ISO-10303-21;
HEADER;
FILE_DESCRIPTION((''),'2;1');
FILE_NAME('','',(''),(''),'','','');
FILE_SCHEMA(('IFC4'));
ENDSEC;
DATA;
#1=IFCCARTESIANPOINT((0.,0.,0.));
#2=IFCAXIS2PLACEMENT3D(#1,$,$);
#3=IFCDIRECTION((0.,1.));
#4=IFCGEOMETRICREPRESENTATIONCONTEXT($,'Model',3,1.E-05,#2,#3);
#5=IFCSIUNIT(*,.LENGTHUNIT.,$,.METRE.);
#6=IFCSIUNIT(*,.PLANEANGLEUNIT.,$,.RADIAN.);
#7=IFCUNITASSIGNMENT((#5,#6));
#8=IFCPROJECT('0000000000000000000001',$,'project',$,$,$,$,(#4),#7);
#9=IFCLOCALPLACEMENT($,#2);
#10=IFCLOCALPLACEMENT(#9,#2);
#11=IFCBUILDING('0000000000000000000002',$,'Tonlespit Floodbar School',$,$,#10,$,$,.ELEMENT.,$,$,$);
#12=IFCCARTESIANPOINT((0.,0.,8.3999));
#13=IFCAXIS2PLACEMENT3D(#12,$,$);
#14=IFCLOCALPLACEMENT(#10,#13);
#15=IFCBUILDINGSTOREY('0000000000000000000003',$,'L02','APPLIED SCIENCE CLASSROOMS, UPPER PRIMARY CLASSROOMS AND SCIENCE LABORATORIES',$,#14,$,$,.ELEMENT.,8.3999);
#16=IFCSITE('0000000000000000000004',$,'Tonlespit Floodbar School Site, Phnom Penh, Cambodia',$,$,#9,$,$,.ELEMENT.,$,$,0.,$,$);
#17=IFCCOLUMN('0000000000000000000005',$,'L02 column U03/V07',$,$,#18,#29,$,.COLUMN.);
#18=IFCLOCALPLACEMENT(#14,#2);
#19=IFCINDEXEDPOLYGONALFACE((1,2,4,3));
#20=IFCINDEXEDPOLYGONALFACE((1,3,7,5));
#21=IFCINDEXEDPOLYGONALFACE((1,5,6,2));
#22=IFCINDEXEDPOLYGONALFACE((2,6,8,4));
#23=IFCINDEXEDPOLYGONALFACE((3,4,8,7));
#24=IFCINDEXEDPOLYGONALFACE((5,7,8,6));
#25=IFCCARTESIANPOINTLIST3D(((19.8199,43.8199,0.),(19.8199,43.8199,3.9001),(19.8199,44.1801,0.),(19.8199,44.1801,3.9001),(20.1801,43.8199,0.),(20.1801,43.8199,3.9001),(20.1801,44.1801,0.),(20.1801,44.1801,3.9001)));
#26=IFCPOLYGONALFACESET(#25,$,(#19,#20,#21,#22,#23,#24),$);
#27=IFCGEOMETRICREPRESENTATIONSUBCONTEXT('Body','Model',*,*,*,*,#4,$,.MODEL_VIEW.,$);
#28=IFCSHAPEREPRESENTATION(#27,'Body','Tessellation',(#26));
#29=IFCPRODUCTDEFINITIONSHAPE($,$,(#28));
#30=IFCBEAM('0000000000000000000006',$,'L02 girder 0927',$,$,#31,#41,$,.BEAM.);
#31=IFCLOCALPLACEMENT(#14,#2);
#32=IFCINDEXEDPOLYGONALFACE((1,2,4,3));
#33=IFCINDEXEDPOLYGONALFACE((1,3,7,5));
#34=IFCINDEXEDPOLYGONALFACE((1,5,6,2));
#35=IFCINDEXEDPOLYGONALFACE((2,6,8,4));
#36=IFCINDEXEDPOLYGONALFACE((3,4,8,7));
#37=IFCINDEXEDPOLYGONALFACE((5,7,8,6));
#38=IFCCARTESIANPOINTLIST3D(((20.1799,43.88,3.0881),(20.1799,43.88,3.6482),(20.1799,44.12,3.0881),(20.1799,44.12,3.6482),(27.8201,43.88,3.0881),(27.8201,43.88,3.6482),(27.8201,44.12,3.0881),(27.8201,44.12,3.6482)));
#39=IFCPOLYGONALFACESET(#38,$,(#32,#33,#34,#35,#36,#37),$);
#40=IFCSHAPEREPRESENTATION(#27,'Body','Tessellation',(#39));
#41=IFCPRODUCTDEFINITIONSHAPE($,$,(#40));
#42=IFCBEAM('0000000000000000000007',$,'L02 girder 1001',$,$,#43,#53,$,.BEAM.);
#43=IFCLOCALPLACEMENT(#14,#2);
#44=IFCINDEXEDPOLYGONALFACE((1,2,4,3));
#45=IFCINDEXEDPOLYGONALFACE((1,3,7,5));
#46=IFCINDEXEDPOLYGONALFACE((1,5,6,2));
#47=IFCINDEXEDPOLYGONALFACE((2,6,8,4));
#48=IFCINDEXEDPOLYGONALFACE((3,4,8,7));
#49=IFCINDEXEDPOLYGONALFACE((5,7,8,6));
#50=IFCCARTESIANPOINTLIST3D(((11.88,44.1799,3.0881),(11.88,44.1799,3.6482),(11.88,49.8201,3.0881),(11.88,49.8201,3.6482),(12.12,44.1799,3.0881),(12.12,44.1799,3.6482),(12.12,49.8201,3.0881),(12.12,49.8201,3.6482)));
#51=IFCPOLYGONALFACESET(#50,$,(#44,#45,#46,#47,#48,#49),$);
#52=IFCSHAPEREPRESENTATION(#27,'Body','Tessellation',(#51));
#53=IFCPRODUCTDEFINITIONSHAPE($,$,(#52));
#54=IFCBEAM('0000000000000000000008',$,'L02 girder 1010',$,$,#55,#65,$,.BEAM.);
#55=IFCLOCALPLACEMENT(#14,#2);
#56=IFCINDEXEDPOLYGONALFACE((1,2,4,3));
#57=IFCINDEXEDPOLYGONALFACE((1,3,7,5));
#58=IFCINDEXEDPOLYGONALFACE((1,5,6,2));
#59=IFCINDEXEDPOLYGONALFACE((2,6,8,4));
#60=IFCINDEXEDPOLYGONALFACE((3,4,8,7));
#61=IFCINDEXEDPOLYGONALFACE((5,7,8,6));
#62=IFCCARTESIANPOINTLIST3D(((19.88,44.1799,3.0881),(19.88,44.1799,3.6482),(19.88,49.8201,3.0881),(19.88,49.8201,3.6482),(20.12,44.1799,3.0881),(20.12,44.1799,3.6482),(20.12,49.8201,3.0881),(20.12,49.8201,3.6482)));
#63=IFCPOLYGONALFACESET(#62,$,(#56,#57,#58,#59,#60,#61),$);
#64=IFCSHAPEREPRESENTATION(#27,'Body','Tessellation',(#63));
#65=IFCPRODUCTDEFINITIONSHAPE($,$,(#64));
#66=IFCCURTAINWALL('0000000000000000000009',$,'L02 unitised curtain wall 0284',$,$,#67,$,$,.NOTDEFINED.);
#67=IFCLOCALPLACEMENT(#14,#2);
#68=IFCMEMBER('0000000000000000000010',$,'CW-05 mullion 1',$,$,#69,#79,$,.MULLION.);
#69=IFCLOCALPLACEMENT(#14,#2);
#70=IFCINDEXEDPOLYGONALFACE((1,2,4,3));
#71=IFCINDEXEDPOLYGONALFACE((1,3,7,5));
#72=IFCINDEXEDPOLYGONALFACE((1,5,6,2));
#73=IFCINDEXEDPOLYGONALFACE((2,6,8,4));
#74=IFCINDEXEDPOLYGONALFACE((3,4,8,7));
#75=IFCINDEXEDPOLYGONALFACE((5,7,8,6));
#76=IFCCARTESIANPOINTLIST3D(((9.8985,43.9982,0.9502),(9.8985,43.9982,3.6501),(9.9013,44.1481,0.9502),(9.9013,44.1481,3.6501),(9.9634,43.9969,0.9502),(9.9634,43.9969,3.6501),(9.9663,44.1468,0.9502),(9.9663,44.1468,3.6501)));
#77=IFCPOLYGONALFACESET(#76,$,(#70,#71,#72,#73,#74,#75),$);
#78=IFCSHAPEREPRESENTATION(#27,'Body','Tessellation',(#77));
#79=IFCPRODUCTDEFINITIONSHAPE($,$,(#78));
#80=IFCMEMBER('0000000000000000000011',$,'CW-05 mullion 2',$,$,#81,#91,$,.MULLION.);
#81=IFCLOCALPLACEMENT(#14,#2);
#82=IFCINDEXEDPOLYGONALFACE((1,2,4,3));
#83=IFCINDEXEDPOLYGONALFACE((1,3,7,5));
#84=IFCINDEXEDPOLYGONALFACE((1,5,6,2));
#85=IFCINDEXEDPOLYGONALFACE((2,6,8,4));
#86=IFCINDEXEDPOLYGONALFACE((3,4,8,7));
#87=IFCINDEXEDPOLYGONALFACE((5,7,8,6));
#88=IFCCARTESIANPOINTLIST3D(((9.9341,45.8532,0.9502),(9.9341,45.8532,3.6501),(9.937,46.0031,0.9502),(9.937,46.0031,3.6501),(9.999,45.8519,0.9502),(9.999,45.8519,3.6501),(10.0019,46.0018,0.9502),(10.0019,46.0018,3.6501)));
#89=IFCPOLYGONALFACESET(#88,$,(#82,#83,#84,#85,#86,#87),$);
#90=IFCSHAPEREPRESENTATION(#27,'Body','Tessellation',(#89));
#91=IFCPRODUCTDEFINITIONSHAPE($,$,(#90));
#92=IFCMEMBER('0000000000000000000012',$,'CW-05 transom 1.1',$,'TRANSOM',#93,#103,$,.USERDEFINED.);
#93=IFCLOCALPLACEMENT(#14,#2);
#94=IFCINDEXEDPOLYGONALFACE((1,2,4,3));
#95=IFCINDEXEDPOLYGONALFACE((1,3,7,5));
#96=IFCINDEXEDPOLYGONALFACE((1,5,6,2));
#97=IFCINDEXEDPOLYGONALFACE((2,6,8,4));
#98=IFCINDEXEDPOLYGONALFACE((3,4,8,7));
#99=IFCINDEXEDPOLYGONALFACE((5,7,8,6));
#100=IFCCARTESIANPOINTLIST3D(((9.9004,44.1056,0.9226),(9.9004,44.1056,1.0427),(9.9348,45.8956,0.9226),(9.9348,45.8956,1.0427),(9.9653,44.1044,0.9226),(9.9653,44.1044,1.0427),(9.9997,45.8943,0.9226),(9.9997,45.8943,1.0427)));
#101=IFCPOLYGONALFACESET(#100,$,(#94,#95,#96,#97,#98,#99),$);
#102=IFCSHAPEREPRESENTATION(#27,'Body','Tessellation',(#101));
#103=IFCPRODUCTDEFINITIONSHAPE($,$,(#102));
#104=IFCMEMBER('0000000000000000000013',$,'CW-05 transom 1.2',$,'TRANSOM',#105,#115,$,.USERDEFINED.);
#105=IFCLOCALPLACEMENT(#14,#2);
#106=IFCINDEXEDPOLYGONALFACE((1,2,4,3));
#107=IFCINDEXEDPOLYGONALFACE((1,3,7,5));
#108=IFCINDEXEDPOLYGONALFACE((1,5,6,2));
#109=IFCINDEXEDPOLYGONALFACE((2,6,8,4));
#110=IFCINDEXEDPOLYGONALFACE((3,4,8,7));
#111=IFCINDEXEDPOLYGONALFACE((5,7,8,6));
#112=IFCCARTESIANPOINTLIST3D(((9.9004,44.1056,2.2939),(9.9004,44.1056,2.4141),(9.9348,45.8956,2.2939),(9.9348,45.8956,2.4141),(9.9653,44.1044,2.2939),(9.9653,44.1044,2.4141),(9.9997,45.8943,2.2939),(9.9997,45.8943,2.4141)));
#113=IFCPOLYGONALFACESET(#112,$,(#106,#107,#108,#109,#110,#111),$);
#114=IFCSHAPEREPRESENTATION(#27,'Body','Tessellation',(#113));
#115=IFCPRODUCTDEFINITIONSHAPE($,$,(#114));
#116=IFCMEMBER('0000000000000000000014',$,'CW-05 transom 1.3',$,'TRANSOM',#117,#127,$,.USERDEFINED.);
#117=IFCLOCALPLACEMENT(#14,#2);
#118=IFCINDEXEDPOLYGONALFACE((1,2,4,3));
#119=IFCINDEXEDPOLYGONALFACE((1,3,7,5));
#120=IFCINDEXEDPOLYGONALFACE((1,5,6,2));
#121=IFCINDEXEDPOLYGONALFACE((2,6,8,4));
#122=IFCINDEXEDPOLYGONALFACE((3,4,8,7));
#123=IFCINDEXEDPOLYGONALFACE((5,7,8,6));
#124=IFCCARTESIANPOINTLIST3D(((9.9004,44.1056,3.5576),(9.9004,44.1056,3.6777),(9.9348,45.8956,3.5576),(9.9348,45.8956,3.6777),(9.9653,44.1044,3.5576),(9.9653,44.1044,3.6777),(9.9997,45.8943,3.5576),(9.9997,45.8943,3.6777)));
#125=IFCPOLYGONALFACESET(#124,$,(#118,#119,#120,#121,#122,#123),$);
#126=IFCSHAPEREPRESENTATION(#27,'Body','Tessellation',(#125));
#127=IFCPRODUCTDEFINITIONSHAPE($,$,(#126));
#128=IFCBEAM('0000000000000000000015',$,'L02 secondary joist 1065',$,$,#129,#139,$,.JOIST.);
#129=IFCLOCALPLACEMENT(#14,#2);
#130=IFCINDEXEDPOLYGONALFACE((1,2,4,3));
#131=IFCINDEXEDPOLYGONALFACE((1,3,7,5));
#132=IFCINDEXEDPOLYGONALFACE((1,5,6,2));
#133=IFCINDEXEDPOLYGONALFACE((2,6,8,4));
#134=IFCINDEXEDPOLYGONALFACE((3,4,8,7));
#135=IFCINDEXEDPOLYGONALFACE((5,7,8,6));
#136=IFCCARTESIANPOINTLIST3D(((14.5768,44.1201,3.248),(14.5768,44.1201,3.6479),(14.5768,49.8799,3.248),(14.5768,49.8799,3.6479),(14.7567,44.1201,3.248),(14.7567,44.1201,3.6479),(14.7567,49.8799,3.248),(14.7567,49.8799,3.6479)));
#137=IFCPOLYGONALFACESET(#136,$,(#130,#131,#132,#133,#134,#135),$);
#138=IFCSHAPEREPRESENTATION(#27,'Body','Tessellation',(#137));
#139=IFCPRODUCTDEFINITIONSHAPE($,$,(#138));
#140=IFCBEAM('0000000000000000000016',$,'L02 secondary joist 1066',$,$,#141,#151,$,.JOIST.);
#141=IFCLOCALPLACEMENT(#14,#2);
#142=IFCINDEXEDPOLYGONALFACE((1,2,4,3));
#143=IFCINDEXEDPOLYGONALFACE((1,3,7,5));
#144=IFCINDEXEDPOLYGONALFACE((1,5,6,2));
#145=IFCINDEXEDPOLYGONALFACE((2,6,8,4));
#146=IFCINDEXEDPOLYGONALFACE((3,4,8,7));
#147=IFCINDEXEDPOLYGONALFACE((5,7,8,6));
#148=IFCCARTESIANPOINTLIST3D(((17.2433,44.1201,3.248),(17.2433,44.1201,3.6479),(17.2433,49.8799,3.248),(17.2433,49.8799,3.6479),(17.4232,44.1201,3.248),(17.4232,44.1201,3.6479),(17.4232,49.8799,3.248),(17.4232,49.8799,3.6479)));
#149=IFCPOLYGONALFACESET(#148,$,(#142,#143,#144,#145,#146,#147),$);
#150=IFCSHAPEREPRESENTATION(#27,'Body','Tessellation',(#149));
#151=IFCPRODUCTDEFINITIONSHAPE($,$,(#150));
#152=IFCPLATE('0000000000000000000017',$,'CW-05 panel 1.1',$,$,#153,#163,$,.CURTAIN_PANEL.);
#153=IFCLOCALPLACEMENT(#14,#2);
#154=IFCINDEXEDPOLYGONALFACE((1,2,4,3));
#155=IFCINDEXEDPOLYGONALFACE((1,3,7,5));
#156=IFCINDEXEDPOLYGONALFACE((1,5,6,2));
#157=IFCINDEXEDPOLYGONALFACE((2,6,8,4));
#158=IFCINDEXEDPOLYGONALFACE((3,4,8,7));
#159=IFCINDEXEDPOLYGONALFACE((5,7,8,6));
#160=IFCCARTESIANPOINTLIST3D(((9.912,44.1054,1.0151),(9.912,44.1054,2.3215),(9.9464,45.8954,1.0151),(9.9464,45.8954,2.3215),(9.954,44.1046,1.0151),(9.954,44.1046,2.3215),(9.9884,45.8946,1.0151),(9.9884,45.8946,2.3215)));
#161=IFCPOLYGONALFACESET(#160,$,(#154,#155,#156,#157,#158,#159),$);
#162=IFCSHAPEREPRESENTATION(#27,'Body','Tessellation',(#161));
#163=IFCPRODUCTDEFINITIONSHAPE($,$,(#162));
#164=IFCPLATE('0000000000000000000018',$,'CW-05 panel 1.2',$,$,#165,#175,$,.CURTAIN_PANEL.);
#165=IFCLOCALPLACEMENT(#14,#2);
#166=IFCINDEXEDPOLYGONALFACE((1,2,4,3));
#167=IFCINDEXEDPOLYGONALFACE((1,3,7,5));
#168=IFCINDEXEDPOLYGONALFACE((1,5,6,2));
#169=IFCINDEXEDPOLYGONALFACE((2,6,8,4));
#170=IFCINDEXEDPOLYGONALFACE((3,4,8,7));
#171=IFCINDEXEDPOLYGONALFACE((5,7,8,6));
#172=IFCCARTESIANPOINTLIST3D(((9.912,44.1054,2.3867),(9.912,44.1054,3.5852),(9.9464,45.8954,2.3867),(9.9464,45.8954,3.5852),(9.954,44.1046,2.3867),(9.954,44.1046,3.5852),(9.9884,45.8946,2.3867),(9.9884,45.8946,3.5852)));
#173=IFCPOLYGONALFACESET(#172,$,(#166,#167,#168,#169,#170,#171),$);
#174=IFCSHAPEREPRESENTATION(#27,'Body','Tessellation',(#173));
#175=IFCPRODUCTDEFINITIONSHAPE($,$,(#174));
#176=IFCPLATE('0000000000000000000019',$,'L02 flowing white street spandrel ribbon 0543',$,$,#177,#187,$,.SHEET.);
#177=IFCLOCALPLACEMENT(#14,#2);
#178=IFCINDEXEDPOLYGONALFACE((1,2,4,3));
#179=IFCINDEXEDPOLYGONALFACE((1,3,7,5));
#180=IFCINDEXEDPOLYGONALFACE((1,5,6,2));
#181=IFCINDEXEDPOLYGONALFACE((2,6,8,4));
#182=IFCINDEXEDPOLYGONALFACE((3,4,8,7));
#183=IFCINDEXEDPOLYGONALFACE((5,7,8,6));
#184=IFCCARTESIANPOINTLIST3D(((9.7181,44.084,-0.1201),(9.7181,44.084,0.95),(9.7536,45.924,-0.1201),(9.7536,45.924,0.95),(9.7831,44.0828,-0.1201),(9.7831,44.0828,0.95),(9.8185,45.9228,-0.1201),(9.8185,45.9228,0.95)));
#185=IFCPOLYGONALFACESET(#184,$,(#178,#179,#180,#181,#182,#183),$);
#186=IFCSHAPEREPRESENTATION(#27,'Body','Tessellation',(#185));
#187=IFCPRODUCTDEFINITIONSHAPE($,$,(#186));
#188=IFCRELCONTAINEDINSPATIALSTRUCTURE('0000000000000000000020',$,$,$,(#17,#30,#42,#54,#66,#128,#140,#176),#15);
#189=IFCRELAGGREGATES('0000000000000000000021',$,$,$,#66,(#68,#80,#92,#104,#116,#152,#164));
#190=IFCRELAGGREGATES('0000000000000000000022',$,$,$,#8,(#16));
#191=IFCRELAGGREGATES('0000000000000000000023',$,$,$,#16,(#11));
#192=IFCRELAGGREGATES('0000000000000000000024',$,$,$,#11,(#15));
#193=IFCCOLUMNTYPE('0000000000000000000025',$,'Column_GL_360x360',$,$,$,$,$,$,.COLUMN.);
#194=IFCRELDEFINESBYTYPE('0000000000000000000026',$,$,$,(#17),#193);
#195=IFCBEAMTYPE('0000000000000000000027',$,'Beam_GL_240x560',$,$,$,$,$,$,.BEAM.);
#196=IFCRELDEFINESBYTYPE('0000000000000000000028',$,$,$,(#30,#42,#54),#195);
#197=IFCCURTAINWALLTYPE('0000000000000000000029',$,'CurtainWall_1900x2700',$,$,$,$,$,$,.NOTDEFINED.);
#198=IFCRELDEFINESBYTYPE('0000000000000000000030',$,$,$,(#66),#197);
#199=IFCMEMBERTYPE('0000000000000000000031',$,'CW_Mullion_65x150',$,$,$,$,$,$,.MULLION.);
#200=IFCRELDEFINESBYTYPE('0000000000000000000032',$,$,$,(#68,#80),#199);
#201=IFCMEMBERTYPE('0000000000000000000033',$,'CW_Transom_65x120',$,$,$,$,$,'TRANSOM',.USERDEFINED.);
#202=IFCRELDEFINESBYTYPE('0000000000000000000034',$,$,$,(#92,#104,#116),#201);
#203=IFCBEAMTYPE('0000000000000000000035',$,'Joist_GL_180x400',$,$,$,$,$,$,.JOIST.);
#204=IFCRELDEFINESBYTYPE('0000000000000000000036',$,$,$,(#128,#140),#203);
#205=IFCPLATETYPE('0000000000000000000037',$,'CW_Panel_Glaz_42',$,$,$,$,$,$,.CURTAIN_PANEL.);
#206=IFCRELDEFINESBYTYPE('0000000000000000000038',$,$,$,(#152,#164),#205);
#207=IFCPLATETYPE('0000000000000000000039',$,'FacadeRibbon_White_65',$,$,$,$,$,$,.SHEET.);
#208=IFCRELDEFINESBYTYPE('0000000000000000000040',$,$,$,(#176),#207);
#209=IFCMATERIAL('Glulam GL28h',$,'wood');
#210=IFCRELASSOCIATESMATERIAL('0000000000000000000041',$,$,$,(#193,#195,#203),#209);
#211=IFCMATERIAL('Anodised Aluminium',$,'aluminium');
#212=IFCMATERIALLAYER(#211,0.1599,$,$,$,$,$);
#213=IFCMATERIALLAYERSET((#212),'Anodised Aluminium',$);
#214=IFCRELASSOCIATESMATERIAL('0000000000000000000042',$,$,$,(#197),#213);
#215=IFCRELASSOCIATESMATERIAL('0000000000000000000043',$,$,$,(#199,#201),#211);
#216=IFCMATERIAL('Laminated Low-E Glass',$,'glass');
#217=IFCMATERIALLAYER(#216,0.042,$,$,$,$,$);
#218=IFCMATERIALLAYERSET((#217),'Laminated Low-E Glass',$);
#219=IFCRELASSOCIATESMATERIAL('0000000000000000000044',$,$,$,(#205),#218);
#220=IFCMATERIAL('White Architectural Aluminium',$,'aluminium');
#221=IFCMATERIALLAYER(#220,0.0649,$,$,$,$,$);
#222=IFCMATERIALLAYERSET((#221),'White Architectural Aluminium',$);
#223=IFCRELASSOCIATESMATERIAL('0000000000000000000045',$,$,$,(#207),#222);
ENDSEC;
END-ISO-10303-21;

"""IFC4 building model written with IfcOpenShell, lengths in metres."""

from ifc_helpers import new_model, si_unit, direction, frame, origin, origin_2d, place, context, subcontext, project, spatial, rectangle, extrude, material, layer, layer_set, material_profile, profile_set, type_object, element, aggregate, save


model = new_model("IFC4")

# Units and contexts
model_context = context("Model", 3, precision=1e-05, world=origin(), true_north=direction((0.0, 1.0)))
body_context = subcontext(model_context, "Body", "Model", "MODEL_VIEW")
ifc_project = project(units=[si_unit("LENGTHUNIT", "METRE"), si_unit("PLANEANGLEUNIT", "RADIAN")], contexts=[model_context])

# Site, building, storey
site_placement = place(None, origin())
site = spatial("IfcSite", under=ifc_project, at=site_placement, Name="Tonlespit Floodbar School Site, Phnom Penh, Cambodia", CompositionType="ELEMENT", RefElevation=0.0)
building_placement = place(site_placement, origin())
building = spatial("IfcBuilding", under=site, at=building_placement, Name="Tonlespit Floodbar School", CompositionType="ELEMENT")
storey_placement = place(building_placement, frame((0.0, 0.0, 8.3999)))
storey = spatial("IfcBuildingStorey", under=building, at=storey_placement, Name="L02", Description="APPLIED SCIENCE CLASSROOMS, UPPER PRIMARY CLASSROOMS AND SCIENCE LABORATORIES", CompositionType="ELEMENT", Elevation=8.3999)

# Column
ifc_material_1 = material(Name="Glulam GL28h", Category="wood")
ifc_material_profile_1 = material_profile(ifc_material_1, rectangle(XDim=0.3601, YDim=0.3601, at=origin_2d()), Name="GL 360x360")
ifc_profile_set_1 = profile_set([ifc_material_profile_1], Name="Glulam GL28h")
column_type = type_object("IfcColumnType", Name="Column_GL_360x360", PredefinedType="COLUMN", material=ifc_profile_set_1)
column_placement = place(storey_placement, frame((20.0, 44.0, 0.0), z_axis=(0.0, 0.0, 1.0), x_axis=(1.0, 0.0, 0.0)))
element("IfcColumn", 1, at=column_placement, inside=storey, type_object=column_type, Name="L02 column U03/V07", PredefinedType="COLUMN", context=body_context, shape_type="SweptSolid", body=[
    extrude(rectangle(XDim=0.3601, YDim=0.3601, at=origin_2d()), origin(), (0.0, 0.0, 1.0), 3.9001),
])

# Beams
ifc_material_profile_2 = material_profile(ifc_material_1, rectangle(XDim=0.24, YDim=0.5601, at=origin_2d()), Name="GL 240x560")
ifc_profile_set_2 = profile_set([ifc_material_profile_2], Name="Glulam GL28h")
beam_type_1 = type_object("IfcBeamType", Name="Beam_GL_240x560", PredefinedType="BEAM", material=ifc_profile_set_2)
beam_placement = place(storey_placement, frame((20.1799, 44.0, 3.3682), z_axis=(1.0, 0.0, 0.0), x_axis=(0.0, 1.0, 0.0)))
element("IfcBeam", 2, at=beam_placement, inside=storey, type_object=beam_type_1, Name="L02 girder 0927", PredefinedType="BEAM", context=body_context, shape_type="SweptSolid", body=[
    extrude(rectangle(XDim=0.24, YDim=0.5601, at=origin_2d()), origin(), (0.0, 0.0, 1.0), 7.6401),
])
for number, where, z_axis, x_axis, name in (
    (3, (12.0, 44.1799, 3.3682), (0.0, 1.0, 0.0), (-1.0, 0.0, 0.0), "L02 girder 1001"),
    (4, (20.0, 44.1799, 3.3682), (0.0, 1.0, 0.0), (-1.0, 0.0, 0.0), "L02 girder 1010"),
):
    element("IfcBeam", number, at=place(storey_placement, frame(where, z_axis=z_axis, x_axis=x_axis)), inside=storey, type_object=beam_type_1, Name=name, PredefinedType="BEAM", context=body_context, shape_type="SweptSolid", body=[
        extrude(rectangle(XDim=0.24, YDim=0.5601, at=origin_2d()), origin(), (0.0, 0.0, 1.0), 5.6401),
    ])

# Curtain wall, members
ifc_material_2 = material(Name="Anodised Aluminium", Category="aluminium")
ifc_layer_1 = layer(ifc_material_2, 0.1599)
ifc_layer_set_1 = layer_set([ifc_layer_1], Name="Anodised Aluminium")
curtain_wall_type = type_object("IfcCurtainWallType", Name="CurtainWall_1900x2700", PredefinedType="NOTDEFINED", material=ifc_layer_set_1)
curtain_wall_placement = place(storey_placement, origin())
curtain_wall = element("IfcCurtainWall", 5, at=curtain_wall_placement, inside=storey, type_object=curtain_wall_type, Name="L02 unitised curtain wall 0284", PredefinedType="NOTDEFINED")
ifc_material_profile_3 = material_profile(ifc_material_2, rectangle(XDim=0.0649, YDim=0.1499, at=origin_2d()), Name="ALU M65x150")
ifc_profile_set_3 = profile_set([ifc_material_profile_3], Name="Anodised Aluminium")
member_type_1 = type_object("IfcMemberType", Name="CW_Mullion_65x150", PredefinedType="MULLION", material=ifc_profile_set_3)
member_1_placement = place(storey_placement, frame((9.9324, 44.0725, 0.9502), z_axis=(0.0, 0.0, 1.0), x_axis=(-0.999815, 0.019215, 0.0)))
member_1 = element("IfcMember", 6, at=member_1_placement, type_object=member_type_1, Name="CW-05 mullion 1", PredefinedType="MULLION", context=body_context, shape_type="SweptSolid", body=[
    extrude(rectangle(XDim=0.0649, YDim=0.1499, at=origin_2d()), origin(), (0.0, 0.0, 1.0), 2.7),
])
member_2_placement = place(storey_placement, frame((9.968, 45.9275, 0.9502), z_axis=(0.0, 0.0, 1.0), x_axis=(-0.999815, 0.019215, 0.0)))
member_2 = element("IfcMember", 7, at=member_2_placement, type_object=member_type_1, Name="CW-05 mullion 2", PredefinedType="MULLION", context=body_context, shape_type="SweptSolid", body=[
    extrude(rectangle(XDim=0.0649, YDim=0.1499, at=origin_2d()), origin(), (0.0, 0.0, 1.0), 2.7),
])
ifc_material_profile_4 = material_profile(ifc_material_2, rectangle(XDim=0.0649, YDim=0.1201, at=origin_2d()), Name="ALU T65x120")
ifc_profile_set_4 = profile_set([ifc_material_profile_4], Name="Anodised Aluminium")
member_type_2 = type_object("IfcMemberType", Name="CW_Transom_65x120", ElementType="TRANSOM", PredefinedType="USERDEFINED", material=ifc_profile_set_4)
member_3_placement = place(storey_placement, frame((9.9329, 44.105, 0.9827), z_axis=(0.019227, 0.999815, 0.0), x_axis=(-0.999815, 0.019227, 0.0)))
member_3 = element("IfcMember", 8, at=member_3_placement, type_object=member_type_2, Name="CW-05 transom 1.1", ObjectType="TRANSOM", PredefinedType="USERDEFINED", context=body_context, shape_type="SweptSolid", body=[
    extrude(rectangle(XDim=0.0649, YDim=0.1201, at=origin_2d()), origin(), (0.0, 0.0, 1.0), 1.7903),
])
member_4_placement = place(storey_placement, frame((9.9329, 44.105, 2.354), z_axis=(0.019227, 0.999815, 0.0), x_axis=(-0.999815, 0.019227, 0.0)))
member_4 = element("IfcMember", 9, at=member_4_placement, type_object=member_type_2, Name="CW-05 transom 1.2", ObjectType="TRANSOM", PredefinedType="USERDEFINED", context=body_context, shape_type="SweptSolid", body=[
    extrude(rectangle(XDim=0.0649, YDim=0.1201, at=origin_2d()), origin(), (0.0, 0.0, 1.0), 1.7903),
])
member_5_placement = place(storey_placement, frame((9.9329, 44.105, 3.6177), z_axis=(0.019227, 0.999815, 0.0), x_axis=(-0.999815, 0.019227, 0.0)))
member_5 = element("IfcMember", 10, at=member_5_placement, type_object=member_type_2, Name="CW-05 transom 1.3", ObjectType="TRANSOM", PredefinedType="USERDEFINED", context=body_context, shape_type="SweptSolid", body=[
    extrude(rectangle(XDim=0.0649, YDim=0.1201, at=origin_2d()), origin(), (0.0, 0.0, 1.0), 1.7903),
])

# Beams
ifc_material_profile_5 = material_profile(ifc_material_1, rectangle(XDim=0.1799, YDim=0.3999, at=origin_2d()), Name="GL 180x400")
ifc_profile_set_5 = profile_set([ifc_material_profile_5], Name="Glulam GL28h")
beam_type_2 = type_object("IfcBeamType", Name="Joist_GL_180x400", PredefinedType="JOIST", material=ifc_profile_set_5)
for number, where, z_axis, x_axis, name in (
    (11, (14.6667, 44.1201, 3.448), (0.0, 1.0, 0.0), (-1.0, 0.0, 0.0), "L02 secondary joist 1065"),
    (12, (17.3333, 44.1201, 3.448), (0.0, 1.0, 0.0), (-1.0, 0.0, 0.0), "L02 secondary joist 1066"),
):
    element("IfcBeam", number, at=place(storey_placement, frame(where, z_axis=z_axis, x_axis=x_axis)), inside=storey, type_object=beam_type_2, Name=name, PredefinedType="JOIST", context=body_context, shape_type="SweptSolid", body=[
        extrude(rectangle(XDim=0.1799, YDim=0.3999, at=origin_2d()), origin(), (0.0, 0.0, 1.0), 5.7598),
    ])

# Plates
ifc_material_3 = material(Name="Laminated Low-E Glass", Category="glass")
ifc_layer_2 = layer(ifc_material_3, 0.042)
ifc_layer_set_2 = layer_set([ifc_layer_2], Name="Laminated Low-E Glass")
plate_type_1 = type_object("IfcPlateType", Name="CW_Panel_Glaz_42", PredefinedType="CURTAIN_PANEL", material=ifc_layer_set_2)
plate_1_placement = place(storey_placement, frame((9.9502, 45.0, 1.0151), z_axis=(0.0, 0.0, 1.0), x_axis=(0.019215, 0.999815, 0.0)))
plate_1 = element("IfcPlate", 13, at=plate_1_placement, type_object=plate_type_1, Name="CW-05 panel 1.1", PredefinedType="CURTAIN_PANEL", context=body_context, shape_type="SweptSolid", body=[
    extrude(rectangle(XDim=1.7903, YDim=0.042, at=origin_2d()), origin(), (0.0, 0.0, 1.0), 1.3064),
])
plate_2_placement = place(storey_placement, frame((9.9502, 45.0, 2.3867), z_axis=(0.0, 0.0, 1.0), x_axis=(0.019215, 0.999815, 0.0)))
plate_2 = element("IfcPlate", 14, at=plate_2_placement, type_object=plate_type_1, Name="CW-05 panel 1.2", PredefinedType="CURTAIN_PANEL", context=body_context, shape_type="SweptSolid", body=[
    extrude(rectangle(XDim=1.7903, YDim=0.042, at=origin_2d()), origin(), (0.0, 0.0, 1.0), 1.1985),
])
aggregate(curtain_wall, [member_1, member_2, member_3, member_4, member_5, plate_1, plate_2])
ifc_material_4 = material(Name="White Architectural Aluminium", Category="aluminium")
ifc_layer_3 = layer(ifc_material_4, 0.0649)
ifc_layer_set_3 = layer_set([ifc_layer_3], Name="White Architectural Aluminium")
plate_type_2 = type_object("IfcPlateType", Name="FacadeRibbon_White_65", PredefinedType="SHEET", material=ifc_layer_set_3)
plate_3_placement = place(storey_placement, frame((9.7683, 45.0034, -0.1201), z_axis=(0.0, 0.0, 1.0), x_axis=(0.019246, 0.999815, 0.0)))
element("IfcPlate", 15, at=plate_3_placement, inside=storey, type_object=plate_type_2, Name="L02 flowing white street spandrel ribbon 0543", PredefinedType="SHEET", context=body_context, shape_type="SweptSolid", body=[
    extrude(rectangle(XDim=1.8403, YDim=0.0649, at=origin_2d()), origin(), (0.0, 0.0, 1.0), 1.0701),
])

save(model, "model.ifc")
